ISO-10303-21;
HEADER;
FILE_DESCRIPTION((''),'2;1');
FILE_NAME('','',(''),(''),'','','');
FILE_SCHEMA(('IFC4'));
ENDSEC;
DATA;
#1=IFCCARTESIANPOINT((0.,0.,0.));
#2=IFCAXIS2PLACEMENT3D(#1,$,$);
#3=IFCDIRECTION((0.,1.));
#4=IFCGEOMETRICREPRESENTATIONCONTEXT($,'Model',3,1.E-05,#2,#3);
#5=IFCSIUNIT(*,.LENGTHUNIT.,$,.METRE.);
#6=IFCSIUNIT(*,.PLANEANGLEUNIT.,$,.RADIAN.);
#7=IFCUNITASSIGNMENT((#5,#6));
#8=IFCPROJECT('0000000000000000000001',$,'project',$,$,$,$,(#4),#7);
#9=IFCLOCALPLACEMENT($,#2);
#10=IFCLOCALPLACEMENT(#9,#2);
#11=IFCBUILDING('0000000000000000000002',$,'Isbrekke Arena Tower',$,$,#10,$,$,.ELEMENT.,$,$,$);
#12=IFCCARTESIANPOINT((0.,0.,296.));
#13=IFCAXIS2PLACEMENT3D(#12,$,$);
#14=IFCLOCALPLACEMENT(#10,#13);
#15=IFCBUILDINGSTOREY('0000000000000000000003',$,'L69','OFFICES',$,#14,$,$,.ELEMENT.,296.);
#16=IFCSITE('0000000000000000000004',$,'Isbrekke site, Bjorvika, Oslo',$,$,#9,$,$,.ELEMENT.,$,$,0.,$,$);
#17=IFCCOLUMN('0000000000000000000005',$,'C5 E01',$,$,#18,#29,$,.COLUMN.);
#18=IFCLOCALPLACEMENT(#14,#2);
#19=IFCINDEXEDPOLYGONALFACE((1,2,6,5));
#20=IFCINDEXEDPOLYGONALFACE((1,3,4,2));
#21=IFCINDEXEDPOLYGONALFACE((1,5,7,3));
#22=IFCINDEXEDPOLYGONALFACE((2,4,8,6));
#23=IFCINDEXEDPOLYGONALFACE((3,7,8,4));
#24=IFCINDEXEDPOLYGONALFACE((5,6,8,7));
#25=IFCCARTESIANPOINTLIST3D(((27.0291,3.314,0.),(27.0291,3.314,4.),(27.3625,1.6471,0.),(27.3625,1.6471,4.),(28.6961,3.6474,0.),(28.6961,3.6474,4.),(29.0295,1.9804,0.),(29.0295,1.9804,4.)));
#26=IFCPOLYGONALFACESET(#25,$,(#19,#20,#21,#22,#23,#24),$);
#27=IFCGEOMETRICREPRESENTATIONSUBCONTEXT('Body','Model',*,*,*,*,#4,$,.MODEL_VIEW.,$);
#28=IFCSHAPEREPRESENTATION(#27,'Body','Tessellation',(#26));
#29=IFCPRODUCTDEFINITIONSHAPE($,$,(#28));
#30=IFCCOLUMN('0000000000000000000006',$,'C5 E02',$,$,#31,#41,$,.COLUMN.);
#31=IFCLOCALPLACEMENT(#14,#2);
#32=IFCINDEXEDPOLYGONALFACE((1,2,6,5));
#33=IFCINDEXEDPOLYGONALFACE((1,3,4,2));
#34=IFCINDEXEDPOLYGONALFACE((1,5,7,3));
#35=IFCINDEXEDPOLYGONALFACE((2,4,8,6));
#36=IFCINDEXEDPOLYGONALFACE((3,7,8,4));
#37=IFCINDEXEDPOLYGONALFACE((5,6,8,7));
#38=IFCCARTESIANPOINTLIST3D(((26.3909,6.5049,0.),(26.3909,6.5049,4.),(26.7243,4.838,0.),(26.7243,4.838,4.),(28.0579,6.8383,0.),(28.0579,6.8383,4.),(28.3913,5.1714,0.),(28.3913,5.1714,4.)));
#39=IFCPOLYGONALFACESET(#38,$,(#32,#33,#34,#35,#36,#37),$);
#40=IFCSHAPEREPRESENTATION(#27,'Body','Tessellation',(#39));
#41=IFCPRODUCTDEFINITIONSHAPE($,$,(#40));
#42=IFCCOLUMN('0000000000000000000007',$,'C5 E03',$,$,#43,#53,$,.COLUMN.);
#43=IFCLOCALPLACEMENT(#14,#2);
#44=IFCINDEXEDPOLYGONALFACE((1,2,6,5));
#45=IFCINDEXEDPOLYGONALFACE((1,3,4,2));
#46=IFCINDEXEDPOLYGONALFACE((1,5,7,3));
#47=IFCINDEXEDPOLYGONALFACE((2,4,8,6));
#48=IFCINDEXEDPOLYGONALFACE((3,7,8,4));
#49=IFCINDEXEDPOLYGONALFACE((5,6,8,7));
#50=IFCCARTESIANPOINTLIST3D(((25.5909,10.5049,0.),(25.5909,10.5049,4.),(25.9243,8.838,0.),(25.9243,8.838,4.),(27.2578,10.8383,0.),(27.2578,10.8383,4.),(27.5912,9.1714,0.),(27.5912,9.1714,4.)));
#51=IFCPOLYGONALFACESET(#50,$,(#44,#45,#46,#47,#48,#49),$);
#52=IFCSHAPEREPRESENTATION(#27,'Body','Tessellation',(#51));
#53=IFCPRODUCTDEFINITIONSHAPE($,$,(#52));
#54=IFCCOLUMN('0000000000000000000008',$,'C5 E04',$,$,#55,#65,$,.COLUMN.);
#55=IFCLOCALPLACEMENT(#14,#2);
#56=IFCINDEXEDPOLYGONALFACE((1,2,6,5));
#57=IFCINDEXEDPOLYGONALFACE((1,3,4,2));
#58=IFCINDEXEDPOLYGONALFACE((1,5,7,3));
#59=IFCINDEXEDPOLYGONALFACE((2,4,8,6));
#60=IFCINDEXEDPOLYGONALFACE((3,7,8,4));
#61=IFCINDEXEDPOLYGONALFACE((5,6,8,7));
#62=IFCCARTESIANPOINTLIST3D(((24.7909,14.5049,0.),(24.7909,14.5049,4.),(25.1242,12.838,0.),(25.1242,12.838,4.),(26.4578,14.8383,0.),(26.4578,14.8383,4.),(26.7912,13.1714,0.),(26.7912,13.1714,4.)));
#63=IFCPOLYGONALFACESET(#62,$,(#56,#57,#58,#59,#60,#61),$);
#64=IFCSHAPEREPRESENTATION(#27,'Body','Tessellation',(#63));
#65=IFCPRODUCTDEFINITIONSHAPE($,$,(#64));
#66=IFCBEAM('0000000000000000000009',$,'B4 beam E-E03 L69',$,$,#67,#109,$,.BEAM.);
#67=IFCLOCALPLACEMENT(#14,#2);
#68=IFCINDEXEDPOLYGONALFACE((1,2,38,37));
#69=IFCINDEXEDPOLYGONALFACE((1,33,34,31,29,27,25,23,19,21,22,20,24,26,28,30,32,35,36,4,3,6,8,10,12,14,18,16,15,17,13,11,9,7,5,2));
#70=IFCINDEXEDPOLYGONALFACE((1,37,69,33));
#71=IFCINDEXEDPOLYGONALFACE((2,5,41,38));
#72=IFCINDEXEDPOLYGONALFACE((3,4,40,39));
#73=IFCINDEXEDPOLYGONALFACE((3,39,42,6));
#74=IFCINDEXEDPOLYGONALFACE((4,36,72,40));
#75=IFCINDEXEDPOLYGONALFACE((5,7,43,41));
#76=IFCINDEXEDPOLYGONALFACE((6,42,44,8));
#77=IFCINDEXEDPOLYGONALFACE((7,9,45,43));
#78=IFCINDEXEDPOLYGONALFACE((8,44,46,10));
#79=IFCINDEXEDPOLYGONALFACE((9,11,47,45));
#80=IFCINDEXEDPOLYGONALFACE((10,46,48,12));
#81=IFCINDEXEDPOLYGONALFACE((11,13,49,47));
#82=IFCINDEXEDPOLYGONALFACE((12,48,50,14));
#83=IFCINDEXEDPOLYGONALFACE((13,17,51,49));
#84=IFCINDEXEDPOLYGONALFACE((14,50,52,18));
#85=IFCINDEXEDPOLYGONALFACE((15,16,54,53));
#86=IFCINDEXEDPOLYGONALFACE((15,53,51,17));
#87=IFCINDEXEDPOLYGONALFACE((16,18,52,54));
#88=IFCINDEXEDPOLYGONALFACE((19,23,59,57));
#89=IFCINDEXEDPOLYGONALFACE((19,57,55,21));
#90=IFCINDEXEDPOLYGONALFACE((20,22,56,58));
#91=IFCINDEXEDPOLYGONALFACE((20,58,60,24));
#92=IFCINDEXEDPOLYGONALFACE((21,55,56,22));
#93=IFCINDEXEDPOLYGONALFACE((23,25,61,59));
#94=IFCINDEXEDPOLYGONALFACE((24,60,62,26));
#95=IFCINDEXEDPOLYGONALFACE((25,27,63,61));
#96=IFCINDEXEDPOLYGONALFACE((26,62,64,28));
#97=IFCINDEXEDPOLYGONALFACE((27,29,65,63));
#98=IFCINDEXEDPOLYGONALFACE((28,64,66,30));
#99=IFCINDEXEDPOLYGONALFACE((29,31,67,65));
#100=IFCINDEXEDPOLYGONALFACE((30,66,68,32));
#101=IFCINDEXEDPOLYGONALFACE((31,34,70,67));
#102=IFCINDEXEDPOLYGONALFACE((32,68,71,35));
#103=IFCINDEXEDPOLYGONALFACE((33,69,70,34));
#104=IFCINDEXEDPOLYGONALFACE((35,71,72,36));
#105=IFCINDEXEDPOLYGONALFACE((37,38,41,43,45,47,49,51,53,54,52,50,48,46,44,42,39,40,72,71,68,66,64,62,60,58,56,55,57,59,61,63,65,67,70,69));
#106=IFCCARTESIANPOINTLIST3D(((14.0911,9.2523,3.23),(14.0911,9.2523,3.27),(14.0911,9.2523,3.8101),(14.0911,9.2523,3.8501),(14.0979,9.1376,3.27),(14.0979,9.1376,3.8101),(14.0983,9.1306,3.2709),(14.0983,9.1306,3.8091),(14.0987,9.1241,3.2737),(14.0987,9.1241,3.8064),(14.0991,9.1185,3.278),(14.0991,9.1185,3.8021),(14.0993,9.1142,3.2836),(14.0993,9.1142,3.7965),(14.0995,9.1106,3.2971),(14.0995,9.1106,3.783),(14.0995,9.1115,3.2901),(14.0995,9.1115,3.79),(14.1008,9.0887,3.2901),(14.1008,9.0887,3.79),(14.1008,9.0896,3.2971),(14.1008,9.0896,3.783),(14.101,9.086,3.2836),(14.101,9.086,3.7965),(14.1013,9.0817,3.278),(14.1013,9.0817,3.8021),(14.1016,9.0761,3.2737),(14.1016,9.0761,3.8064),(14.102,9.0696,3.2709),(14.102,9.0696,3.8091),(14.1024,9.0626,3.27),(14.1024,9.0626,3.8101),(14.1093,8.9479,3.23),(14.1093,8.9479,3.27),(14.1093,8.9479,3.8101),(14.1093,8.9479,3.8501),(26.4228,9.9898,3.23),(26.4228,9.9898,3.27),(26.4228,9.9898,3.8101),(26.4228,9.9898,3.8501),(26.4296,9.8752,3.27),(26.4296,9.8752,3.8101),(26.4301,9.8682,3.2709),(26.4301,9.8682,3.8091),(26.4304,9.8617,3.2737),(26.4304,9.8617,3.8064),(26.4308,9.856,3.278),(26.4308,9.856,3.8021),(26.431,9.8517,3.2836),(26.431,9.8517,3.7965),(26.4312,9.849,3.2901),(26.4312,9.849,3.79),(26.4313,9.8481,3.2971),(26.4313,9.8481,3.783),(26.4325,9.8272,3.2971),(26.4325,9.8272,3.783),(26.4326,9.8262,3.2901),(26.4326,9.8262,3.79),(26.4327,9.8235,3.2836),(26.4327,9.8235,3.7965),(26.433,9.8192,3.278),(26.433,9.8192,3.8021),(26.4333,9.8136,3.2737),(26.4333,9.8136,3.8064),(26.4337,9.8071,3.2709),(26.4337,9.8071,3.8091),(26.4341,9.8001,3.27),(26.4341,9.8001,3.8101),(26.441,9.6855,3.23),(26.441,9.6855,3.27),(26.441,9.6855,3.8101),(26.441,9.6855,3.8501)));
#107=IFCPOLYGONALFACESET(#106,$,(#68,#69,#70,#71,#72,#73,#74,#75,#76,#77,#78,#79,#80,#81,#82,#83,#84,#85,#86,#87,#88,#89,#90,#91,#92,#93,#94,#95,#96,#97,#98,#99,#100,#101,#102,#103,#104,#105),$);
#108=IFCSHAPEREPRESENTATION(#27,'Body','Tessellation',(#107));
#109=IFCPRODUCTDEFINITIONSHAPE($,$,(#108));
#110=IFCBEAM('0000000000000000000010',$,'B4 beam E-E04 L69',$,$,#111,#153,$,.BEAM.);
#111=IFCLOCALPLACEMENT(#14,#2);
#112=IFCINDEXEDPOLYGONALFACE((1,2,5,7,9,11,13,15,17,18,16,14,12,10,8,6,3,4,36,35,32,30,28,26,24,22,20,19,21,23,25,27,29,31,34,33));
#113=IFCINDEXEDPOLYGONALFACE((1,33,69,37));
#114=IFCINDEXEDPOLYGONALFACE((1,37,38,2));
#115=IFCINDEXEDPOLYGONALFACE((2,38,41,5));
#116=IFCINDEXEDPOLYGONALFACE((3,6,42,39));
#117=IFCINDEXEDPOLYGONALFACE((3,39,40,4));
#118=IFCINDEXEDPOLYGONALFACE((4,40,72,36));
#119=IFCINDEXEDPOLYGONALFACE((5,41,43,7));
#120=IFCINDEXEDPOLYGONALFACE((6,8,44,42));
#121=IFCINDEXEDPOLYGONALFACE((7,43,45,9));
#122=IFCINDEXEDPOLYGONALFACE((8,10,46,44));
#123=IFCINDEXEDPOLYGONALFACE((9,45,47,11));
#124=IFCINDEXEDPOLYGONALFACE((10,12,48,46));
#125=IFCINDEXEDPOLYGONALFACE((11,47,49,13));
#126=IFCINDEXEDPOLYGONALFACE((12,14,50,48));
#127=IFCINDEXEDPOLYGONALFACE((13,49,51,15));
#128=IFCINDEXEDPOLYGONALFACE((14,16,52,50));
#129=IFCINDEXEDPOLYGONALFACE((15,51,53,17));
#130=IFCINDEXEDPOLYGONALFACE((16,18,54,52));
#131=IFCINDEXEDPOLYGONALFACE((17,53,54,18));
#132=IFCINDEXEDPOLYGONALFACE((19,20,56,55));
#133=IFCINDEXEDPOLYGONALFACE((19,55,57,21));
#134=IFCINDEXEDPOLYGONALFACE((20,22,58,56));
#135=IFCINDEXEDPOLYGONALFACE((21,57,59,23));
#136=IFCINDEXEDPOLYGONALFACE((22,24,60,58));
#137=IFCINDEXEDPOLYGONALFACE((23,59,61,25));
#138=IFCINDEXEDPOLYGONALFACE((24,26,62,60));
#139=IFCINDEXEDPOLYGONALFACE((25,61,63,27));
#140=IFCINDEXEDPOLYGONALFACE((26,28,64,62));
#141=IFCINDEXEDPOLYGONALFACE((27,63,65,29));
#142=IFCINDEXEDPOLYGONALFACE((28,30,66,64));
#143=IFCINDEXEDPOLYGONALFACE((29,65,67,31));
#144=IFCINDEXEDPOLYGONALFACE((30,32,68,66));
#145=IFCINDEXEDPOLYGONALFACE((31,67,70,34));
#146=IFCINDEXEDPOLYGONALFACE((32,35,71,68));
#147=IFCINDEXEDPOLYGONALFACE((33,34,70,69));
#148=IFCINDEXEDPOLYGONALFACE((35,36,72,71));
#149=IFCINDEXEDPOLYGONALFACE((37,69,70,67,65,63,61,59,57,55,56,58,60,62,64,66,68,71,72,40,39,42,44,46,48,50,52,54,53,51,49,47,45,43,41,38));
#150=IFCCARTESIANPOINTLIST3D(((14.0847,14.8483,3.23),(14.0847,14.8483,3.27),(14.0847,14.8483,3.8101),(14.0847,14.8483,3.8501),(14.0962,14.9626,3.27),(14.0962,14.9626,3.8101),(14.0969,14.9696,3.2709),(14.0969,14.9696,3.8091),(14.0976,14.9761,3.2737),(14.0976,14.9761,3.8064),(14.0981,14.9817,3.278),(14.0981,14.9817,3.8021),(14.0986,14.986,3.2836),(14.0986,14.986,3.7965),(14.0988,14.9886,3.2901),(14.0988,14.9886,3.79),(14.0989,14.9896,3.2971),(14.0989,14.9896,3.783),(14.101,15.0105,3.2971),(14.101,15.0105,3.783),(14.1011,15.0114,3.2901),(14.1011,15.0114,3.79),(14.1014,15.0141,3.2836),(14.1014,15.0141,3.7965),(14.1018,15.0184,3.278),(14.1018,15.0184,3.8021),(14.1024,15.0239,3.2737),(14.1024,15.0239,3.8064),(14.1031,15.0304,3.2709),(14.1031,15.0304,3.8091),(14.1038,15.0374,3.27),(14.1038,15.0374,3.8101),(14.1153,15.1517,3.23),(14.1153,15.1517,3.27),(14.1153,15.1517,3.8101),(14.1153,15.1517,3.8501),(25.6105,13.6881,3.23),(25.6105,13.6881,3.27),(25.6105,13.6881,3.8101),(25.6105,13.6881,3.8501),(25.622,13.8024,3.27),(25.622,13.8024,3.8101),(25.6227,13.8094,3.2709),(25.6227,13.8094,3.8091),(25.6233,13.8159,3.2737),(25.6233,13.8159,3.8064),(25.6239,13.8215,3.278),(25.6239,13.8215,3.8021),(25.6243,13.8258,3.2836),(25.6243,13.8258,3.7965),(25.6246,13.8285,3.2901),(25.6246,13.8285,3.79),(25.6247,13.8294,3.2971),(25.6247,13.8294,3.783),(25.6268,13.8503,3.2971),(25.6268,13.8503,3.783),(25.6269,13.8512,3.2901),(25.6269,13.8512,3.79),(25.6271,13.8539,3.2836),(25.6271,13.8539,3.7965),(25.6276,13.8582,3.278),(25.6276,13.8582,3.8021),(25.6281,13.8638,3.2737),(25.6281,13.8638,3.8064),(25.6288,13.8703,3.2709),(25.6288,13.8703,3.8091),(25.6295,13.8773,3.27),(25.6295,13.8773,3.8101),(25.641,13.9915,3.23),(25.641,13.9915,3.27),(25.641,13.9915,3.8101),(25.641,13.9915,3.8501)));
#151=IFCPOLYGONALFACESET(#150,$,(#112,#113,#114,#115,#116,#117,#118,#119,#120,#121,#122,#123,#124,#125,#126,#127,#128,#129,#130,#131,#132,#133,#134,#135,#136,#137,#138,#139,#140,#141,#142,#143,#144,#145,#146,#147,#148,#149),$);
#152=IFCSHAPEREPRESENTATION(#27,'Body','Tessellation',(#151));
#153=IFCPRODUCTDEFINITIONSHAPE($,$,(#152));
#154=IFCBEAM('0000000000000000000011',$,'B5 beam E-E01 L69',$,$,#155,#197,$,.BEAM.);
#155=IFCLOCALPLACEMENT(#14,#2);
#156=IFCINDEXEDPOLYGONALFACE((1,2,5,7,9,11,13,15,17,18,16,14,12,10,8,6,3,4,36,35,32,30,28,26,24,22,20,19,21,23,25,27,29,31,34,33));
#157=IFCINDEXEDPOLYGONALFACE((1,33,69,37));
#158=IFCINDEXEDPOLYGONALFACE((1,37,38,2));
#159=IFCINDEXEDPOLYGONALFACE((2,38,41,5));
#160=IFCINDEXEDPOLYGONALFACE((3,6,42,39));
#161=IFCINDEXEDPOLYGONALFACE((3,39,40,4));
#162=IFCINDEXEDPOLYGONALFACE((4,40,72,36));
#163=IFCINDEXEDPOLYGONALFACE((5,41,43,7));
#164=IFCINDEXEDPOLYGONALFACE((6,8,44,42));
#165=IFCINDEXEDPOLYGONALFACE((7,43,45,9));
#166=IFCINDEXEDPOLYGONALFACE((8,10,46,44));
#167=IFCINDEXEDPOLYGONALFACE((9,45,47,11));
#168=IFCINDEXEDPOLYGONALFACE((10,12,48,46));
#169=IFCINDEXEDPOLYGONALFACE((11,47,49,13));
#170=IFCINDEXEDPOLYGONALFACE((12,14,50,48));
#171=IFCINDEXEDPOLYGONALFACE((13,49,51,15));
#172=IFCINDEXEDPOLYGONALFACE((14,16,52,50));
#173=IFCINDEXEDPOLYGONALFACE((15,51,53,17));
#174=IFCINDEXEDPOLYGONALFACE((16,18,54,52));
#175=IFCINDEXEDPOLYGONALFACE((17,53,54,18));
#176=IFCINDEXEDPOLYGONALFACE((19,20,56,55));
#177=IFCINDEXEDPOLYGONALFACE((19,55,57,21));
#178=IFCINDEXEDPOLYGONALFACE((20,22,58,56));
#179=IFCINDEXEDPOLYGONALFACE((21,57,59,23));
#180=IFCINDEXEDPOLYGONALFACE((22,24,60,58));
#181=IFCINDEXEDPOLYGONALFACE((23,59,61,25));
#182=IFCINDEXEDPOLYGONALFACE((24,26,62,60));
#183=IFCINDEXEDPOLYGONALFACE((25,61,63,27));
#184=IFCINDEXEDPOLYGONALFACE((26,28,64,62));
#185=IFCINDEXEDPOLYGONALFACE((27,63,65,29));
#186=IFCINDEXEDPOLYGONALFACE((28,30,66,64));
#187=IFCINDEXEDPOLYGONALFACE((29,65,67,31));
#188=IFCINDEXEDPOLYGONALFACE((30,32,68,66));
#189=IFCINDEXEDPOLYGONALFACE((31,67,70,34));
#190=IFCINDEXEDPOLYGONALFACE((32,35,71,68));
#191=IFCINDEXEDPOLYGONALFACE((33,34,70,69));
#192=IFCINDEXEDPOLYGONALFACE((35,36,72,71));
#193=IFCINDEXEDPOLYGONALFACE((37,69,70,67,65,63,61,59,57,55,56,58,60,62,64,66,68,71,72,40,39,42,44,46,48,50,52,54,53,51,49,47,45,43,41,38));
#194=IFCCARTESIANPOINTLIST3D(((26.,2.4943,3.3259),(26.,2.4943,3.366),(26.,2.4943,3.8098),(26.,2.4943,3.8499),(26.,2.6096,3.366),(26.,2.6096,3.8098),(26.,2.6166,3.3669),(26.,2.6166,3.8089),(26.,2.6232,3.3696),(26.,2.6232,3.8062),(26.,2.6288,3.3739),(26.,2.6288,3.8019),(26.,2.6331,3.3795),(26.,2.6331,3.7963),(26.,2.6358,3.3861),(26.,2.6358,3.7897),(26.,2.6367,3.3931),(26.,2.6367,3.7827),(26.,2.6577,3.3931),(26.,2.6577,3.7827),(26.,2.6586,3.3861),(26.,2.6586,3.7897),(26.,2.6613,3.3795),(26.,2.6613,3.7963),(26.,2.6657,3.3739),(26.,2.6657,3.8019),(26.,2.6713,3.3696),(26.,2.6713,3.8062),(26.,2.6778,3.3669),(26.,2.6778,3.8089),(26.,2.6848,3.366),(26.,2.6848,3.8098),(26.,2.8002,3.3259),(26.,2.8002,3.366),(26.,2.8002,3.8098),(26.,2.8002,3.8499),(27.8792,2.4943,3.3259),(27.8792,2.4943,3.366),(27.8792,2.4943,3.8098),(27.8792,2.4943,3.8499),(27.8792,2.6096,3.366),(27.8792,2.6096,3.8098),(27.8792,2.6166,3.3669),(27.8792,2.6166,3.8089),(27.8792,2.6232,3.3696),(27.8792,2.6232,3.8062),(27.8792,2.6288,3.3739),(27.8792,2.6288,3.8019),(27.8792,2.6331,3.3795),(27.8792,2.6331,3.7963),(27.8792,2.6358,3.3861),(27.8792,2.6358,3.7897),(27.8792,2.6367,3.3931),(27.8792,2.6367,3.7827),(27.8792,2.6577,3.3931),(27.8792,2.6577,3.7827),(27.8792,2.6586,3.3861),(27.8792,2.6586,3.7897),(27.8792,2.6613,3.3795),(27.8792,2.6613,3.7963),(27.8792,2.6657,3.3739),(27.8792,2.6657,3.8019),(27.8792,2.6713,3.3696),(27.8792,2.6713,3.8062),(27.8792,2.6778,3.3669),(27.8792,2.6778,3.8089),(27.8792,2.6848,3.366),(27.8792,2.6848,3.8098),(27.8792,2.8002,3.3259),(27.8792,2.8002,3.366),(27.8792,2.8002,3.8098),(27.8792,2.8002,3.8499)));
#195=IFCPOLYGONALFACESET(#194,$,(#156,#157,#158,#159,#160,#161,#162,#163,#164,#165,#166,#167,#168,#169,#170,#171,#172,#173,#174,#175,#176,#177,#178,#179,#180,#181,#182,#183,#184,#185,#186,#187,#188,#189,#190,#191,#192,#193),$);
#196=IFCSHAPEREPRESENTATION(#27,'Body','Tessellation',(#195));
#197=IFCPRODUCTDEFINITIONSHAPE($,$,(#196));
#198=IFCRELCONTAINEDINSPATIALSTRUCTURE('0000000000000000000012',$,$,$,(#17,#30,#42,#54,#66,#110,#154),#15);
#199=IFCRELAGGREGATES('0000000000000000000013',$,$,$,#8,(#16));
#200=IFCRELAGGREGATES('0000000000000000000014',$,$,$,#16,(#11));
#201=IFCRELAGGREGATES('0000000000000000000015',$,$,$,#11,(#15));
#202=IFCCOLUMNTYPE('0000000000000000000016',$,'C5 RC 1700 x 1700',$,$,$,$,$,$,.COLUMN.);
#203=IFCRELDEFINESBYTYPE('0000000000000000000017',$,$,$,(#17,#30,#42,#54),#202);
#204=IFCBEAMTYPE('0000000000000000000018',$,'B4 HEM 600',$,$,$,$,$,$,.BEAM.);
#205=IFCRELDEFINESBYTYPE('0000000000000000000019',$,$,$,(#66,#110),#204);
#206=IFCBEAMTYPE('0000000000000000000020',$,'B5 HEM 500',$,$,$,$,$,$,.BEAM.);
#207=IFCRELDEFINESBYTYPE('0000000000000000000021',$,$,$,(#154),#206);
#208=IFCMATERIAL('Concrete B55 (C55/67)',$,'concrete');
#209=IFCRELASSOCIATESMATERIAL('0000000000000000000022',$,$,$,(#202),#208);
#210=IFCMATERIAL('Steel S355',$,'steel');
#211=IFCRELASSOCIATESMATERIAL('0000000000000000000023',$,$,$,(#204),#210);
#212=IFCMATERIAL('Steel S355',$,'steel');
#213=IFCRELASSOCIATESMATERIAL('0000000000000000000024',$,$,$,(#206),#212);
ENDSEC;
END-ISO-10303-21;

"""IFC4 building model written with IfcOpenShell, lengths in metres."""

from ifc_helpers import new_model, si_unit, direction, frame, origin, origin_2d, place, context, subcontext, project, spatial, rectangle, i_section, extrude, material, material_profile, profile_set, type_object, element, save


model = new_model("IFC4")

# Units and contexts
model_context = context("Model", 3, precision=1e-05, world=origin(), true_north=direction((0.0, 1.0)))
body_context = subcontext(model_context, "Body", "Model", "MODEL_VIEW")
ifc_project = project(units=[si_unit("LENGTHUNIT", "METRE"), si_unit("PLANEANGLEUNIT", "RADIAN")], contexts=[model_context])

# Site, building, storey
site_placement = place(None, origin())
site = spatial("IfcSite", under=ifc_project, at=site_placement, Name="Isbrekke site, Bjorvika, Oslo", CompositionType="ELEMENT", RefElevation=0.0)
building_placement = place(site_placement, origin())
building = spatial("IfcBuilding", under=site, at=building_placement, Name="Isbrekke Arena Tower", CompositionType="ELEMENT")
storey_placement = place(building_placement, frame((0.0, 0.0, 296.0)))
storey = spatial("IfcBuildingStorey", under=building, at=storey_placement, Name="L69", Description="OFFICES", CompositionType="ELEMENT", Elevation=296.0)

# Columns
ifc_material_1 = material(Name="Concrete B55 (C55/67)", Category="concrete")
ifc_material_profile_1 = material_profile(ifc_material_1, rectangle(XDim=1.7, YDim=1.7, at=origin_2d()), Name="RC 1700x1700")
ifc_profile_set_1 = profile_set([ifc_material_profile_1], Name="Concrete B55 (C55/67)")
column_type = type_object("IfcColumnType", Name="C5 RC 1700 x 1700", PredefinedType="COLUMN", material=ifc_profile_set_1)
for number, where, z_axis, x_axis, name in (
    (1, (28.0293, 2.6472, 0.0), (0.0, 0.0, 1.0), (-0.196116, 0.980581, 0.0), "C5 E01"),
    (2, (27.3911, 5.8381, 0.0), (0.0, 0.0, 1.0), (-0.196116, 0.980581, 0.0), "C5 E02"),
    (3, (26.5911, 9.8381, 0.0), (0.0, 0.0, 1.0), (-0.196116, 0.980581, 0.0), "C5 E03"),
    (4, (25.791, 13.8381, 0.0), (0.0, 0.0, 1.0), (-0.196116, 0.980581, 0.0), "C5 E04"),
):
    element("IfcColumn", number, at=place(storey_placement, frame(where, z_axis=z_axis, x_axis=x_axis)), inside=storey, type_object=column_type, Name=name, PredefinedType="COLUMN", context=body_context, shape_type="SweptSolid", body=[
        extrude(rectangle(XDim=1.7, YDim=1.7, at=origin_2d()), origin(), (0.0, 0.0, 1.0), 4.0),
    ])

# Beams
ifc_material_2 = material(Name="Steel S355", Category="steel")
ifc_material_profile_2 = material_profile(ifc_material_2, i_section(OverallWidth=0.3049, OverallDepth=0.6201, WebThickness=0.021, FlangeThickness=0.04, FilletRadius=0.0271, at=origin_2d()), Name="HEM 600")
ifc_profile_set_2 = profile_set([ifc_material_profile_2], Name="Steel S355")
beam_type_1 = type_object("IfcBeamType", Name="B4 HEM 600", PredefinedType="BEAM", material=ifc_profile_set_2)
beam_1_placement = place(storey_placement, frame((26.4319, 9.8376, 3.54), z_axis=(-0.998216, -0.059702, 0.0), x_axis=(0.059702, -0.998216, 0.0)))
element("IfcBeam", 5, at=beam_1_placement, inside=storey, type_object=beam_type_1, Name="B4 beam E-E03 L69", PredefinedType="BEAM", context=body_context, shape_type="SweptSolid", body=[
    extrude(i_section(OverallWidth=0.3049, OverallDepth=0.6201, WebThickness=0.021, FlangeThickness=0.04, FilletRadius=0.0271, at=origin_2d()), origin(), (0.0, 0.0, 1.0), 12.3538),
])
beam_2_placement = place(storey_placement, frame((25.6257, 13.8398, 3.54), z_axis=(-0.994972, 0.100153, 0.0), x_axis=(-0.100153, -0.994972, 0.0)))
element("IfcBeam", 6, at=beam_2_placement, inside=storey, type_object=beam_type_1, Name="B4 beam E-E04 L69", PredefinedType="BEAM", context=body_context, shape_type="SweptSolid", body=[
    extrude(i_section(OverallWidth=0.3049, OverallDepth=0.6201, WebThickness=0.021, FlangeThickness=0.04, FilletRadius=0.0271, at=origin_2d()), origin(), (0.0, 0.0, 1.0), 11.584),
])
ifc_material_3 = material(Name="Steel S355", Category="steel")
ifc_material_profile_3 = material_profile(ifc_material_3, i_section(OverallWidth=0.3059, OverallDepth=0.5239, WebThickness=0.021, FlangeThickness=0.04, FilletRadius=0.0271, at=origin_2d()), Name="HEM 500")
ifc_profile_set_3 = profile_set([ifc_material_profile_3], Name="Steel S355")
beam_type_2 = type_object("IfcBeamType", Name="B5 HEM 500", PredefinedType="BEAM", material=ifc_profile_set_3)
beam_3_placement = place(storey_placement, frame((27.8792, 2.6472, 3.5879), z_axis=(-1.0, 0.0, 0.0), x_axis=(0.0, -1.0, 0.0)))
element("IfcBeam", 7, at=beam_3_placement, inside=storey, type_object=beam_type_2, Name="B5 beam E-E01 L69", PredefinedType="BEAM", context=body_context, shape_type="SweptSolid", body=[
    extrude(i_section(OverallWidth=0.3059, OverallDepth=0.5239, WebThickness=0.021, FlangeThickness=0.04, FilletRadius=0.0271, at=origin_2d()), origin(), (0.0, 0.0, 1.0), 1.8792),
])

save(model, "model.ifc")
